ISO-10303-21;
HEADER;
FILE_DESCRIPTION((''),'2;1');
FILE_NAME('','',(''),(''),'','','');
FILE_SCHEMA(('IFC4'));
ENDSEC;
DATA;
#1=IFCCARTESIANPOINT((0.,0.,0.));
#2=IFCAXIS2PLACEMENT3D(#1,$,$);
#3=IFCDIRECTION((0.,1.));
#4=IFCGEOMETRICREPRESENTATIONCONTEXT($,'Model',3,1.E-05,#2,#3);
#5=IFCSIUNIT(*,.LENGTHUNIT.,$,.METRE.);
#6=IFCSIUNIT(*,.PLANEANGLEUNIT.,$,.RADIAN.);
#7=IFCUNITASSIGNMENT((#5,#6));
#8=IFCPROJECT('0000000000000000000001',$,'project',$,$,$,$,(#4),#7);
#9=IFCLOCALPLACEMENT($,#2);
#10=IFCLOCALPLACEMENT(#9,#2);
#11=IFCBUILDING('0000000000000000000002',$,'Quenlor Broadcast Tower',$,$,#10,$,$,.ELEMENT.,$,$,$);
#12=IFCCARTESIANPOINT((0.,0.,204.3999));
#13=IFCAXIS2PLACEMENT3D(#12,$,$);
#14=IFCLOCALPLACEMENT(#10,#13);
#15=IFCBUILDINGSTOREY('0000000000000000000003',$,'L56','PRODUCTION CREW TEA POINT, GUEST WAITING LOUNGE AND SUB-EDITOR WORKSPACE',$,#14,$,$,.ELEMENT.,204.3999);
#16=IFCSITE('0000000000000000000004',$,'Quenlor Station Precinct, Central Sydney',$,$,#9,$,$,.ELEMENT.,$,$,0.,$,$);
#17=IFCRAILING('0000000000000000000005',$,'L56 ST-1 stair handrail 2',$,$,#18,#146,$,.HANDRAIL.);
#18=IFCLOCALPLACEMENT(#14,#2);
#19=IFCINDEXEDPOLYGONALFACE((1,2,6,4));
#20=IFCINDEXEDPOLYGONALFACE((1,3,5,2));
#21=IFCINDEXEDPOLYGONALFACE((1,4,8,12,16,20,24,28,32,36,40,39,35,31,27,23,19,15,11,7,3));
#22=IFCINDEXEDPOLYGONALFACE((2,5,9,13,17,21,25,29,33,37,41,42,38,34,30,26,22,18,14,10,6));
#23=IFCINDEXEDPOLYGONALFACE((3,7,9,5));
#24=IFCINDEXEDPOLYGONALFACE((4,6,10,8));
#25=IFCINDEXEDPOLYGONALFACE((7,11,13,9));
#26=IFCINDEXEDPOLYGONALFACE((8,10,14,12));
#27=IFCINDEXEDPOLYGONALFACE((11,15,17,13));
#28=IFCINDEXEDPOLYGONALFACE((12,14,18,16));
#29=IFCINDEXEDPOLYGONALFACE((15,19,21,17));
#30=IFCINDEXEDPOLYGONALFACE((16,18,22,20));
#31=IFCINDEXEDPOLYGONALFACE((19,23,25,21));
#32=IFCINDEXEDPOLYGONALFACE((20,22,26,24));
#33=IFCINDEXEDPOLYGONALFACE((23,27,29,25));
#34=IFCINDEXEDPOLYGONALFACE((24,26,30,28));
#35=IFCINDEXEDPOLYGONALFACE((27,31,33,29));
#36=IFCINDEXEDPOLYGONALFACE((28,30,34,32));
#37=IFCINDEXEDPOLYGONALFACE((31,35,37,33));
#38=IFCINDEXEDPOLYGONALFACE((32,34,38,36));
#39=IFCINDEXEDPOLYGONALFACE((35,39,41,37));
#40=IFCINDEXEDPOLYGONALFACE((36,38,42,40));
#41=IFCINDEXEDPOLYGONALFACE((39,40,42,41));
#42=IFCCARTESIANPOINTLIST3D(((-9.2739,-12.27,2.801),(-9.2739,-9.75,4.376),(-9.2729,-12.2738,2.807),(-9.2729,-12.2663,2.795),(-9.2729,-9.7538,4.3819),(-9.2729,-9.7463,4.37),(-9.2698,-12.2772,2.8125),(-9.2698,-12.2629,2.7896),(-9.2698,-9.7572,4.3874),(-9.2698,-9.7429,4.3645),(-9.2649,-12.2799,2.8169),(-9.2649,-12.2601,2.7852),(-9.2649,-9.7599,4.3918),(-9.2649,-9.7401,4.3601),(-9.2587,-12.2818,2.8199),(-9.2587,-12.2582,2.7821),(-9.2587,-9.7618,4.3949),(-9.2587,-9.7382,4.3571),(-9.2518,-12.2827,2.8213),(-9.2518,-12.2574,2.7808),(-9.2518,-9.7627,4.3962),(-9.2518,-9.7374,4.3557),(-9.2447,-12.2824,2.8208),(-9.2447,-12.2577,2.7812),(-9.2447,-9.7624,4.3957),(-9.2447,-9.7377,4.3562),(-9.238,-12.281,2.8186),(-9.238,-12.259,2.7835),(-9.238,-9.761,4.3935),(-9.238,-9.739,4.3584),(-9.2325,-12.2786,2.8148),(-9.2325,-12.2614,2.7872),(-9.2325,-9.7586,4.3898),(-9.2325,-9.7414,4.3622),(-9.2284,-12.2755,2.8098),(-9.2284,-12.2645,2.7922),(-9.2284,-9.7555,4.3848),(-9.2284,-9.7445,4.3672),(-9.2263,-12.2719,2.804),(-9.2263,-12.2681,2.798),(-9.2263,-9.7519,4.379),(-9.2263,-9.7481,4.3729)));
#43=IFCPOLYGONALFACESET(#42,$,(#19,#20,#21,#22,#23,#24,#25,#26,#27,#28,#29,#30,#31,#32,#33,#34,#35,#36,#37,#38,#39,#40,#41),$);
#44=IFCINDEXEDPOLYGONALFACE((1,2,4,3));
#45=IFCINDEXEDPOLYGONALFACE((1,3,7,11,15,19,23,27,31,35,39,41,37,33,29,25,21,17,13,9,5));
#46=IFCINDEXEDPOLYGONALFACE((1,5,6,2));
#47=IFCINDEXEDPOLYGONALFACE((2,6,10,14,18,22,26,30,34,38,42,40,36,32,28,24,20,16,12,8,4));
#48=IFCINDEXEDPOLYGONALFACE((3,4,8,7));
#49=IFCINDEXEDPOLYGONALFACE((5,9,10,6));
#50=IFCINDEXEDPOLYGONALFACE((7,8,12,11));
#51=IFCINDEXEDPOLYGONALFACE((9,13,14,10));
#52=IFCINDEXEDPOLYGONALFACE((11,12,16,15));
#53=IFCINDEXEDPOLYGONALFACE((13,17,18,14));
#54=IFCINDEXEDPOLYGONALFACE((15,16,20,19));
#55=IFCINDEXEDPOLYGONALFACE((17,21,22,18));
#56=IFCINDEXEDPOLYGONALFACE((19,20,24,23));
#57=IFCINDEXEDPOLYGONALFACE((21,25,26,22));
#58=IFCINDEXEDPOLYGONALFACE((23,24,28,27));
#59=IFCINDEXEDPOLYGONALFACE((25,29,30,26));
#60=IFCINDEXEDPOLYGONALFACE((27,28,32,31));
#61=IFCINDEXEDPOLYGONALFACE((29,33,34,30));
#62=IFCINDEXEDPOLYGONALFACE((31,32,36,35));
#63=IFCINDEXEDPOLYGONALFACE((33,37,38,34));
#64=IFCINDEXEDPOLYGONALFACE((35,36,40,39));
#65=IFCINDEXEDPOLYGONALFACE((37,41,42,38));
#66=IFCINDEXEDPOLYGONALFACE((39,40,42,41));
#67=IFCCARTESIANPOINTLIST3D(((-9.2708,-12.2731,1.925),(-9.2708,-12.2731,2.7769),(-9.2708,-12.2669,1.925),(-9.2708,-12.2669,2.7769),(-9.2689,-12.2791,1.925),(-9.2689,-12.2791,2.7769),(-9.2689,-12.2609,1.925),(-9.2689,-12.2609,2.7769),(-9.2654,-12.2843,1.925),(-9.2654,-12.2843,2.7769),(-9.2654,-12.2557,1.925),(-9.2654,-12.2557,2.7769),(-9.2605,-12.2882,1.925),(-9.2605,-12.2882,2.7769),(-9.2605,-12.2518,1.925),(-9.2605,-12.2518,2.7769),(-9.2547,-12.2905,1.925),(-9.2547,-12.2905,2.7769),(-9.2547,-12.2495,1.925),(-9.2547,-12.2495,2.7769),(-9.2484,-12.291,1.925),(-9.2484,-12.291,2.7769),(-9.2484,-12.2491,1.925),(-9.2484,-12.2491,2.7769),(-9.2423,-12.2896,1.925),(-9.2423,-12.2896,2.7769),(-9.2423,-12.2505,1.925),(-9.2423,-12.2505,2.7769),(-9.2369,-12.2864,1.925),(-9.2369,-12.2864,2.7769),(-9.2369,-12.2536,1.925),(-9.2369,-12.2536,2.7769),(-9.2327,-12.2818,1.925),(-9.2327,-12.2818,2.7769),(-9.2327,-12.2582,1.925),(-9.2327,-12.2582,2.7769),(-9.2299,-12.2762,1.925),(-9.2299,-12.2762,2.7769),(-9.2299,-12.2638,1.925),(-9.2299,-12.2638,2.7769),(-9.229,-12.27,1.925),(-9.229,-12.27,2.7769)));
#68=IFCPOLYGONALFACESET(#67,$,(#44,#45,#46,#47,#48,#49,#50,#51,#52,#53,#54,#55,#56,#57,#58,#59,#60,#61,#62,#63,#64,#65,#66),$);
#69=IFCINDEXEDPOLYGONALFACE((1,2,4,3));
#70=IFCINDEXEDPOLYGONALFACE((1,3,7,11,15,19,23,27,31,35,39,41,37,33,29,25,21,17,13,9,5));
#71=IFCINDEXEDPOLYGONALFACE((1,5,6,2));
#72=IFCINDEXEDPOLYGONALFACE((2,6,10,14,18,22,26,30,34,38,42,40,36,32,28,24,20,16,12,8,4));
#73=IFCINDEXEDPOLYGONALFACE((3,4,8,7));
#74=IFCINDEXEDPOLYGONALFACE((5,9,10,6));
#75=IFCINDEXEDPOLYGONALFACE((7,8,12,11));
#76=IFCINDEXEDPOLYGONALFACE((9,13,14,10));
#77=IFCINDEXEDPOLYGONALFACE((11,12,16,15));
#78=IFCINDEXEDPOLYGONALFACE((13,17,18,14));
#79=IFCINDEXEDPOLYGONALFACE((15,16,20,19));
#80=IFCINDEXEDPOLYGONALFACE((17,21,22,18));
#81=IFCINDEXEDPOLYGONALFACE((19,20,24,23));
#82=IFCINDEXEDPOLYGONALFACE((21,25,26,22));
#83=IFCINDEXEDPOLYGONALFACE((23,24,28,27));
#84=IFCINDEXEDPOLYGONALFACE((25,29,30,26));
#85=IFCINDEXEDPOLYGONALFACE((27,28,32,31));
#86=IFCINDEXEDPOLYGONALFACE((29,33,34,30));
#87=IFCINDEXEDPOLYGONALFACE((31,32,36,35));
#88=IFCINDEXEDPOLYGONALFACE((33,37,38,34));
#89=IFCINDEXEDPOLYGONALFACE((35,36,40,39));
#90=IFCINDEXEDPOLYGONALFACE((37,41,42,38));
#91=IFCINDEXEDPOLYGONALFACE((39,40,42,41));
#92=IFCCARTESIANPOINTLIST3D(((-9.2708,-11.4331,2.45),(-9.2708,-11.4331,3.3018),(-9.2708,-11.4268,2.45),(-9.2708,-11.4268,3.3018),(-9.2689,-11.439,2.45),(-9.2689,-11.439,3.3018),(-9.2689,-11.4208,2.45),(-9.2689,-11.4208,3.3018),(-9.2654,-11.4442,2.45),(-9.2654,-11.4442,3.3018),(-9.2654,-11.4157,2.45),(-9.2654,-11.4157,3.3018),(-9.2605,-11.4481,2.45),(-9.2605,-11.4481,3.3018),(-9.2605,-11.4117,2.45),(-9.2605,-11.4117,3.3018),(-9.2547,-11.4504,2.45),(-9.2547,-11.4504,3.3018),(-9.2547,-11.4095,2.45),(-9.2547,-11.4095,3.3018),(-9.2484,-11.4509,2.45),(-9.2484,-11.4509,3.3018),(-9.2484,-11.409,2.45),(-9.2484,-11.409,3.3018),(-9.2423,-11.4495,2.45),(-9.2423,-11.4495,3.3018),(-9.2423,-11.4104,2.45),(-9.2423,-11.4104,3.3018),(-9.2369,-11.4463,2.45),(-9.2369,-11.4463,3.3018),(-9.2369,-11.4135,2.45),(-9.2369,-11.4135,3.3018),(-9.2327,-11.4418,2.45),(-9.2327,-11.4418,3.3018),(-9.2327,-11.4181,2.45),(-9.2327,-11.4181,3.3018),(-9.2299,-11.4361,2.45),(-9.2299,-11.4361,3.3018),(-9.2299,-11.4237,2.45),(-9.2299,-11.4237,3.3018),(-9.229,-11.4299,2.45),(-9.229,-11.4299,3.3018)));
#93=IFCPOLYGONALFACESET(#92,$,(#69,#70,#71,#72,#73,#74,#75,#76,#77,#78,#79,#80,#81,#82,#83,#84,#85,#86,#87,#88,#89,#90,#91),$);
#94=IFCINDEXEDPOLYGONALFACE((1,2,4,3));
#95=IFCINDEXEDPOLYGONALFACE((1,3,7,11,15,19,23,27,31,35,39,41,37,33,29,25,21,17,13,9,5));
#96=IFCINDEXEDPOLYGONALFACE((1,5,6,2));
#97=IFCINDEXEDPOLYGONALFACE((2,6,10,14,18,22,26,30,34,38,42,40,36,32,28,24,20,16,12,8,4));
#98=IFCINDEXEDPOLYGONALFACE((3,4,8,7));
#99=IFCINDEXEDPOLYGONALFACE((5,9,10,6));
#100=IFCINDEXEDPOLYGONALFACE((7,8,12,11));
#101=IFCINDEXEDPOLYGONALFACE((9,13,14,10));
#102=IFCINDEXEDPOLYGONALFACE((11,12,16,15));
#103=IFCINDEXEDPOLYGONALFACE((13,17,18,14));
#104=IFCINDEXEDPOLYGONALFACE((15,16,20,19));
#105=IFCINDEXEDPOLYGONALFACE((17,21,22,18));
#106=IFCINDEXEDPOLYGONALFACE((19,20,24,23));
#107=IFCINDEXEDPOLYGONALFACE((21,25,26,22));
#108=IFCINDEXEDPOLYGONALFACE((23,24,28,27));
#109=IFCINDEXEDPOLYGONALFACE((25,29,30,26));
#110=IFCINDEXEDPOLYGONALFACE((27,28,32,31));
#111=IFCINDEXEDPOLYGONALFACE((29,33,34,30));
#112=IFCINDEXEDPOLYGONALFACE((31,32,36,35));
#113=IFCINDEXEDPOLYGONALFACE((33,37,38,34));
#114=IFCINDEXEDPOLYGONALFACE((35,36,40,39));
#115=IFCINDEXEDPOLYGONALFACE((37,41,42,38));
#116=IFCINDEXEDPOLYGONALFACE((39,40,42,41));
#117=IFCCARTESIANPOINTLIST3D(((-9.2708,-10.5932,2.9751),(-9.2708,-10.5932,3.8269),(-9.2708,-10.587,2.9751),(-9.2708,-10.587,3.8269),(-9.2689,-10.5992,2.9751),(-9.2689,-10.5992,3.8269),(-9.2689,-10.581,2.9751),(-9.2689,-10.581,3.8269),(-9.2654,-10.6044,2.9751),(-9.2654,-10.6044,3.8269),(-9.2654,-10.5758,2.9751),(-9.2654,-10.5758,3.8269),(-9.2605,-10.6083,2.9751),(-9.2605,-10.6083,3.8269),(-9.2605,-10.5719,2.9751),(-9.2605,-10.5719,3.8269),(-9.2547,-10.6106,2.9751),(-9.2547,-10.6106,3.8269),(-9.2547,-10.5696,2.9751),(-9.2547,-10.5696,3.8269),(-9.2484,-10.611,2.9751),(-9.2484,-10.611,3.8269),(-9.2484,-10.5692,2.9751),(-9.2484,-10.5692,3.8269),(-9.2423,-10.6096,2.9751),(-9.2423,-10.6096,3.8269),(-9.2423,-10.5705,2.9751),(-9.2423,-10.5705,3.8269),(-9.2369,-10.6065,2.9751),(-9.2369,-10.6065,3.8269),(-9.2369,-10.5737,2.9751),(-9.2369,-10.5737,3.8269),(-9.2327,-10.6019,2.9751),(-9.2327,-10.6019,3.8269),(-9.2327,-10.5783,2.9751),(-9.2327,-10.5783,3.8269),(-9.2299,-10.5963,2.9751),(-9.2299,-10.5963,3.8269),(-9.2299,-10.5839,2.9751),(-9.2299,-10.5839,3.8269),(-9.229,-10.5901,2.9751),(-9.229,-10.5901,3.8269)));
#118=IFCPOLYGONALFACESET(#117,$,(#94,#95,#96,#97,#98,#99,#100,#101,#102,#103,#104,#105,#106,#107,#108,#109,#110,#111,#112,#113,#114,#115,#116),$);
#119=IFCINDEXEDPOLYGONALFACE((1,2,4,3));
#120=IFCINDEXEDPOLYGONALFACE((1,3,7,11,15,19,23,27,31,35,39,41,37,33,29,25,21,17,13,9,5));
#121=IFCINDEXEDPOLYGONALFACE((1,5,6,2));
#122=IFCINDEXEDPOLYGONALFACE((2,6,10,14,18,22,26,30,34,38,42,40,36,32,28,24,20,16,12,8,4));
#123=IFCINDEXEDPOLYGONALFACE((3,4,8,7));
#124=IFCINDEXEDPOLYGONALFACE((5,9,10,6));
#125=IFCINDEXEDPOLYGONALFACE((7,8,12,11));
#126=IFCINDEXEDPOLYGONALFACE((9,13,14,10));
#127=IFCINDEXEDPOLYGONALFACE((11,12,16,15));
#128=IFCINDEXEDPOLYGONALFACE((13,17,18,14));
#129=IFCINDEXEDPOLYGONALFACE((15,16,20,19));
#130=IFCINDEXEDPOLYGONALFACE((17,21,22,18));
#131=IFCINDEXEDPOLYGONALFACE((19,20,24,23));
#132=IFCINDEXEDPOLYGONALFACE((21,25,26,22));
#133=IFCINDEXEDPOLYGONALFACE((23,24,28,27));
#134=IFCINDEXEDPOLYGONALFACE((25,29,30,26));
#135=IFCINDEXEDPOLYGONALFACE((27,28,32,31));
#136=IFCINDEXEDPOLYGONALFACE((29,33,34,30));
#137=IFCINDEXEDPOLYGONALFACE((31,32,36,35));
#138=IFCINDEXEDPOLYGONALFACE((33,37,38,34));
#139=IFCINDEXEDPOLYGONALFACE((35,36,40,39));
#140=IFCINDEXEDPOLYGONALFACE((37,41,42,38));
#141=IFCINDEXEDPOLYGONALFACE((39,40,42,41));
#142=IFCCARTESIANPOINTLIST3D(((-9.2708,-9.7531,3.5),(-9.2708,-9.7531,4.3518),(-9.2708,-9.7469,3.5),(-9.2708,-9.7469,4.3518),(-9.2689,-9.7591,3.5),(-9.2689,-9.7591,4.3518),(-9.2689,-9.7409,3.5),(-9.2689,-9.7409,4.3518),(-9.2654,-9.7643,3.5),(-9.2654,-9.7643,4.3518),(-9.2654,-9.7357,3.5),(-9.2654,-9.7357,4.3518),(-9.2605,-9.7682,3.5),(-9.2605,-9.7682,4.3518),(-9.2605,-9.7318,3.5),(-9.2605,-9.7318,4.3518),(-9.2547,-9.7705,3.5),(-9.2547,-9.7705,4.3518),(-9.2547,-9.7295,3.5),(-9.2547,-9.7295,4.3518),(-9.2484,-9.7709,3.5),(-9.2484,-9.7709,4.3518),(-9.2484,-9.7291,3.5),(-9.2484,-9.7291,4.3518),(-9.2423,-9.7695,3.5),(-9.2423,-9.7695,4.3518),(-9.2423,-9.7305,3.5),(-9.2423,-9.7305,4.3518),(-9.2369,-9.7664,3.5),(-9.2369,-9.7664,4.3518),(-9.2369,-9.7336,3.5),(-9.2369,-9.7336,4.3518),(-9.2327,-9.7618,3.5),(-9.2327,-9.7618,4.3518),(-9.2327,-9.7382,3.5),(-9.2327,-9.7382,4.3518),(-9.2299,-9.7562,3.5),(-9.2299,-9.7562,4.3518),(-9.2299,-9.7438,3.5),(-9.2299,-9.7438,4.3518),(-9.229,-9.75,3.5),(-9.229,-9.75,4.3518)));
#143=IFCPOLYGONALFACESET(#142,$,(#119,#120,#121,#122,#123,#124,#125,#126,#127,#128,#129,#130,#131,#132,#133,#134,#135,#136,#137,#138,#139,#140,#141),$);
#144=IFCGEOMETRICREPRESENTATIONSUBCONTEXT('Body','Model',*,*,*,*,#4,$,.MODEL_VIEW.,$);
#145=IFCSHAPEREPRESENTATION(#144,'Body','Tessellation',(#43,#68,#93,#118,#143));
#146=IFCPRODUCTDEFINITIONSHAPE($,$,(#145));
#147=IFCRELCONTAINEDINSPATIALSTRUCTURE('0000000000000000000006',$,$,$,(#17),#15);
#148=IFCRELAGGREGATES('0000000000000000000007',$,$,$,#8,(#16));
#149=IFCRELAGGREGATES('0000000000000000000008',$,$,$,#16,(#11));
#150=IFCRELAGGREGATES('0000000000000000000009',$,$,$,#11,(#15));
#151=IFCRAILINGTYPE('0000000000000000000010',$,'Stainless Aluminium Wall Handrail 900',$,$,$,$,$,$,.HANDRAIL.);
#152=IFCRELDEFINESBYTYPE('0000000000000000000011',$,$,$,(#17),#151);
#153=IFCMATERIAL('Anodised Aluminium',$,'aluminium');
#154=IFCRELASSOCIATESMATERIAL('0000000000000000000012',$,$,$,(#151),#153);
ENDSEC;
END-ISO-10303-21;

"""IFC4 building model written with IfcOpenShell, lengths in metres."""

from ifc_helpers import new_model, si_unit, direction, frame, origin, origin_2d, place, context, subcontext, project, spatial, circle, extrude, material, type_object, element, save


model = new_model("IFC4")

# Units and contexts
model_context = context("Model", 3, precision=1e-05, world=origin(), true_north=direction((0.0, 1.0)))
body_context = subcontext(model_context, "Body", "Model", "MODEL_VIEW")
ifc_project = project(units=[si_unit("LENGTHUNIT", "METRE"), si_unit("PLANEANGLEUNIT", "RADIAN")], contexts=[model_context])

# Site, building, storey
site_placement = place(None, origin())
site = spatial("IfcSite", under=ifc_project, at=site_placement, Name="Quenlor Station Precinct, Central Sydney", CompositionType="ELEMENT", RefElevation=0.0)
building_placement = place(site_placement, origin())
building = spatial("IfcBuilding", under=site, at=building_placement, Name="Quenlor Broadcast Tower", CompositionType="ELEMENT")
storey_placement = place(building_placement, frame((0.0, 0.0, 204.3999)))
storey = spatial("IfcBuildingStorey", under=building, at=storey_placement, Name="L56", Description="PRODUCTION CREW TEA POINT, GUEST WAITING LOUNGE AND SUB-EDITOR WORKSPACE", CompositionType="ELEMENT", Elevation=204.3999)

# Railing
ifc_material_1 = material(Name="Anodised Aluminium", Category="aluminium")
railing_type_1 = type_object("IfcRailingType", Name="Stainless Aluminium Wall Handrail 900", PredefinedType="HANDRAIL", material=ifc_material_1)
railing_1_placement = place(storey_placement, frame((-9.25, -12.27, 1.925)))
element("IfcRailing", 1, at=railing_1_placement, inside=storey, type_object=railing_type_1, Name="L56 ST-1 stair handrail 2", PredefinedType="HANDRAIL", context=body_context, shape_type="SweptSolid", body=[
    extrude(circle(Radius=0.0239, at=origin_2d()), frame((0.0, 0.0, 0.876), z_axis=(0.0, 0.848008, 0.529984), x_axis=(-1.0, 0.0, 0.0)), (0.0, 0.0, 1.0), 2.9717),
    extrude(circle(Radius=0.021, at=origin_2d()), origin(), (0.0, 0.0, 1.0), 0.8518),
    extrude(circle(Radius=0.021, at=origin_2d()), frame((0.0, 0.8401, 0.5249)), (0.0, 0.0, 1.0), 0.8518),
    extrude(circle(Radius=0.021, at=origin_2d()), frame((0.0, 1.6799, 1.05)), (0.0, 0.0, 1.0), 0.8518),
    extrude(circle(Radius=0.021, at=origin_2d()), frame((0.0, 2.52, 1.575)), (0.0, 0.0, 1.0), 0.8518),
])

save(model, "model.ifc")
